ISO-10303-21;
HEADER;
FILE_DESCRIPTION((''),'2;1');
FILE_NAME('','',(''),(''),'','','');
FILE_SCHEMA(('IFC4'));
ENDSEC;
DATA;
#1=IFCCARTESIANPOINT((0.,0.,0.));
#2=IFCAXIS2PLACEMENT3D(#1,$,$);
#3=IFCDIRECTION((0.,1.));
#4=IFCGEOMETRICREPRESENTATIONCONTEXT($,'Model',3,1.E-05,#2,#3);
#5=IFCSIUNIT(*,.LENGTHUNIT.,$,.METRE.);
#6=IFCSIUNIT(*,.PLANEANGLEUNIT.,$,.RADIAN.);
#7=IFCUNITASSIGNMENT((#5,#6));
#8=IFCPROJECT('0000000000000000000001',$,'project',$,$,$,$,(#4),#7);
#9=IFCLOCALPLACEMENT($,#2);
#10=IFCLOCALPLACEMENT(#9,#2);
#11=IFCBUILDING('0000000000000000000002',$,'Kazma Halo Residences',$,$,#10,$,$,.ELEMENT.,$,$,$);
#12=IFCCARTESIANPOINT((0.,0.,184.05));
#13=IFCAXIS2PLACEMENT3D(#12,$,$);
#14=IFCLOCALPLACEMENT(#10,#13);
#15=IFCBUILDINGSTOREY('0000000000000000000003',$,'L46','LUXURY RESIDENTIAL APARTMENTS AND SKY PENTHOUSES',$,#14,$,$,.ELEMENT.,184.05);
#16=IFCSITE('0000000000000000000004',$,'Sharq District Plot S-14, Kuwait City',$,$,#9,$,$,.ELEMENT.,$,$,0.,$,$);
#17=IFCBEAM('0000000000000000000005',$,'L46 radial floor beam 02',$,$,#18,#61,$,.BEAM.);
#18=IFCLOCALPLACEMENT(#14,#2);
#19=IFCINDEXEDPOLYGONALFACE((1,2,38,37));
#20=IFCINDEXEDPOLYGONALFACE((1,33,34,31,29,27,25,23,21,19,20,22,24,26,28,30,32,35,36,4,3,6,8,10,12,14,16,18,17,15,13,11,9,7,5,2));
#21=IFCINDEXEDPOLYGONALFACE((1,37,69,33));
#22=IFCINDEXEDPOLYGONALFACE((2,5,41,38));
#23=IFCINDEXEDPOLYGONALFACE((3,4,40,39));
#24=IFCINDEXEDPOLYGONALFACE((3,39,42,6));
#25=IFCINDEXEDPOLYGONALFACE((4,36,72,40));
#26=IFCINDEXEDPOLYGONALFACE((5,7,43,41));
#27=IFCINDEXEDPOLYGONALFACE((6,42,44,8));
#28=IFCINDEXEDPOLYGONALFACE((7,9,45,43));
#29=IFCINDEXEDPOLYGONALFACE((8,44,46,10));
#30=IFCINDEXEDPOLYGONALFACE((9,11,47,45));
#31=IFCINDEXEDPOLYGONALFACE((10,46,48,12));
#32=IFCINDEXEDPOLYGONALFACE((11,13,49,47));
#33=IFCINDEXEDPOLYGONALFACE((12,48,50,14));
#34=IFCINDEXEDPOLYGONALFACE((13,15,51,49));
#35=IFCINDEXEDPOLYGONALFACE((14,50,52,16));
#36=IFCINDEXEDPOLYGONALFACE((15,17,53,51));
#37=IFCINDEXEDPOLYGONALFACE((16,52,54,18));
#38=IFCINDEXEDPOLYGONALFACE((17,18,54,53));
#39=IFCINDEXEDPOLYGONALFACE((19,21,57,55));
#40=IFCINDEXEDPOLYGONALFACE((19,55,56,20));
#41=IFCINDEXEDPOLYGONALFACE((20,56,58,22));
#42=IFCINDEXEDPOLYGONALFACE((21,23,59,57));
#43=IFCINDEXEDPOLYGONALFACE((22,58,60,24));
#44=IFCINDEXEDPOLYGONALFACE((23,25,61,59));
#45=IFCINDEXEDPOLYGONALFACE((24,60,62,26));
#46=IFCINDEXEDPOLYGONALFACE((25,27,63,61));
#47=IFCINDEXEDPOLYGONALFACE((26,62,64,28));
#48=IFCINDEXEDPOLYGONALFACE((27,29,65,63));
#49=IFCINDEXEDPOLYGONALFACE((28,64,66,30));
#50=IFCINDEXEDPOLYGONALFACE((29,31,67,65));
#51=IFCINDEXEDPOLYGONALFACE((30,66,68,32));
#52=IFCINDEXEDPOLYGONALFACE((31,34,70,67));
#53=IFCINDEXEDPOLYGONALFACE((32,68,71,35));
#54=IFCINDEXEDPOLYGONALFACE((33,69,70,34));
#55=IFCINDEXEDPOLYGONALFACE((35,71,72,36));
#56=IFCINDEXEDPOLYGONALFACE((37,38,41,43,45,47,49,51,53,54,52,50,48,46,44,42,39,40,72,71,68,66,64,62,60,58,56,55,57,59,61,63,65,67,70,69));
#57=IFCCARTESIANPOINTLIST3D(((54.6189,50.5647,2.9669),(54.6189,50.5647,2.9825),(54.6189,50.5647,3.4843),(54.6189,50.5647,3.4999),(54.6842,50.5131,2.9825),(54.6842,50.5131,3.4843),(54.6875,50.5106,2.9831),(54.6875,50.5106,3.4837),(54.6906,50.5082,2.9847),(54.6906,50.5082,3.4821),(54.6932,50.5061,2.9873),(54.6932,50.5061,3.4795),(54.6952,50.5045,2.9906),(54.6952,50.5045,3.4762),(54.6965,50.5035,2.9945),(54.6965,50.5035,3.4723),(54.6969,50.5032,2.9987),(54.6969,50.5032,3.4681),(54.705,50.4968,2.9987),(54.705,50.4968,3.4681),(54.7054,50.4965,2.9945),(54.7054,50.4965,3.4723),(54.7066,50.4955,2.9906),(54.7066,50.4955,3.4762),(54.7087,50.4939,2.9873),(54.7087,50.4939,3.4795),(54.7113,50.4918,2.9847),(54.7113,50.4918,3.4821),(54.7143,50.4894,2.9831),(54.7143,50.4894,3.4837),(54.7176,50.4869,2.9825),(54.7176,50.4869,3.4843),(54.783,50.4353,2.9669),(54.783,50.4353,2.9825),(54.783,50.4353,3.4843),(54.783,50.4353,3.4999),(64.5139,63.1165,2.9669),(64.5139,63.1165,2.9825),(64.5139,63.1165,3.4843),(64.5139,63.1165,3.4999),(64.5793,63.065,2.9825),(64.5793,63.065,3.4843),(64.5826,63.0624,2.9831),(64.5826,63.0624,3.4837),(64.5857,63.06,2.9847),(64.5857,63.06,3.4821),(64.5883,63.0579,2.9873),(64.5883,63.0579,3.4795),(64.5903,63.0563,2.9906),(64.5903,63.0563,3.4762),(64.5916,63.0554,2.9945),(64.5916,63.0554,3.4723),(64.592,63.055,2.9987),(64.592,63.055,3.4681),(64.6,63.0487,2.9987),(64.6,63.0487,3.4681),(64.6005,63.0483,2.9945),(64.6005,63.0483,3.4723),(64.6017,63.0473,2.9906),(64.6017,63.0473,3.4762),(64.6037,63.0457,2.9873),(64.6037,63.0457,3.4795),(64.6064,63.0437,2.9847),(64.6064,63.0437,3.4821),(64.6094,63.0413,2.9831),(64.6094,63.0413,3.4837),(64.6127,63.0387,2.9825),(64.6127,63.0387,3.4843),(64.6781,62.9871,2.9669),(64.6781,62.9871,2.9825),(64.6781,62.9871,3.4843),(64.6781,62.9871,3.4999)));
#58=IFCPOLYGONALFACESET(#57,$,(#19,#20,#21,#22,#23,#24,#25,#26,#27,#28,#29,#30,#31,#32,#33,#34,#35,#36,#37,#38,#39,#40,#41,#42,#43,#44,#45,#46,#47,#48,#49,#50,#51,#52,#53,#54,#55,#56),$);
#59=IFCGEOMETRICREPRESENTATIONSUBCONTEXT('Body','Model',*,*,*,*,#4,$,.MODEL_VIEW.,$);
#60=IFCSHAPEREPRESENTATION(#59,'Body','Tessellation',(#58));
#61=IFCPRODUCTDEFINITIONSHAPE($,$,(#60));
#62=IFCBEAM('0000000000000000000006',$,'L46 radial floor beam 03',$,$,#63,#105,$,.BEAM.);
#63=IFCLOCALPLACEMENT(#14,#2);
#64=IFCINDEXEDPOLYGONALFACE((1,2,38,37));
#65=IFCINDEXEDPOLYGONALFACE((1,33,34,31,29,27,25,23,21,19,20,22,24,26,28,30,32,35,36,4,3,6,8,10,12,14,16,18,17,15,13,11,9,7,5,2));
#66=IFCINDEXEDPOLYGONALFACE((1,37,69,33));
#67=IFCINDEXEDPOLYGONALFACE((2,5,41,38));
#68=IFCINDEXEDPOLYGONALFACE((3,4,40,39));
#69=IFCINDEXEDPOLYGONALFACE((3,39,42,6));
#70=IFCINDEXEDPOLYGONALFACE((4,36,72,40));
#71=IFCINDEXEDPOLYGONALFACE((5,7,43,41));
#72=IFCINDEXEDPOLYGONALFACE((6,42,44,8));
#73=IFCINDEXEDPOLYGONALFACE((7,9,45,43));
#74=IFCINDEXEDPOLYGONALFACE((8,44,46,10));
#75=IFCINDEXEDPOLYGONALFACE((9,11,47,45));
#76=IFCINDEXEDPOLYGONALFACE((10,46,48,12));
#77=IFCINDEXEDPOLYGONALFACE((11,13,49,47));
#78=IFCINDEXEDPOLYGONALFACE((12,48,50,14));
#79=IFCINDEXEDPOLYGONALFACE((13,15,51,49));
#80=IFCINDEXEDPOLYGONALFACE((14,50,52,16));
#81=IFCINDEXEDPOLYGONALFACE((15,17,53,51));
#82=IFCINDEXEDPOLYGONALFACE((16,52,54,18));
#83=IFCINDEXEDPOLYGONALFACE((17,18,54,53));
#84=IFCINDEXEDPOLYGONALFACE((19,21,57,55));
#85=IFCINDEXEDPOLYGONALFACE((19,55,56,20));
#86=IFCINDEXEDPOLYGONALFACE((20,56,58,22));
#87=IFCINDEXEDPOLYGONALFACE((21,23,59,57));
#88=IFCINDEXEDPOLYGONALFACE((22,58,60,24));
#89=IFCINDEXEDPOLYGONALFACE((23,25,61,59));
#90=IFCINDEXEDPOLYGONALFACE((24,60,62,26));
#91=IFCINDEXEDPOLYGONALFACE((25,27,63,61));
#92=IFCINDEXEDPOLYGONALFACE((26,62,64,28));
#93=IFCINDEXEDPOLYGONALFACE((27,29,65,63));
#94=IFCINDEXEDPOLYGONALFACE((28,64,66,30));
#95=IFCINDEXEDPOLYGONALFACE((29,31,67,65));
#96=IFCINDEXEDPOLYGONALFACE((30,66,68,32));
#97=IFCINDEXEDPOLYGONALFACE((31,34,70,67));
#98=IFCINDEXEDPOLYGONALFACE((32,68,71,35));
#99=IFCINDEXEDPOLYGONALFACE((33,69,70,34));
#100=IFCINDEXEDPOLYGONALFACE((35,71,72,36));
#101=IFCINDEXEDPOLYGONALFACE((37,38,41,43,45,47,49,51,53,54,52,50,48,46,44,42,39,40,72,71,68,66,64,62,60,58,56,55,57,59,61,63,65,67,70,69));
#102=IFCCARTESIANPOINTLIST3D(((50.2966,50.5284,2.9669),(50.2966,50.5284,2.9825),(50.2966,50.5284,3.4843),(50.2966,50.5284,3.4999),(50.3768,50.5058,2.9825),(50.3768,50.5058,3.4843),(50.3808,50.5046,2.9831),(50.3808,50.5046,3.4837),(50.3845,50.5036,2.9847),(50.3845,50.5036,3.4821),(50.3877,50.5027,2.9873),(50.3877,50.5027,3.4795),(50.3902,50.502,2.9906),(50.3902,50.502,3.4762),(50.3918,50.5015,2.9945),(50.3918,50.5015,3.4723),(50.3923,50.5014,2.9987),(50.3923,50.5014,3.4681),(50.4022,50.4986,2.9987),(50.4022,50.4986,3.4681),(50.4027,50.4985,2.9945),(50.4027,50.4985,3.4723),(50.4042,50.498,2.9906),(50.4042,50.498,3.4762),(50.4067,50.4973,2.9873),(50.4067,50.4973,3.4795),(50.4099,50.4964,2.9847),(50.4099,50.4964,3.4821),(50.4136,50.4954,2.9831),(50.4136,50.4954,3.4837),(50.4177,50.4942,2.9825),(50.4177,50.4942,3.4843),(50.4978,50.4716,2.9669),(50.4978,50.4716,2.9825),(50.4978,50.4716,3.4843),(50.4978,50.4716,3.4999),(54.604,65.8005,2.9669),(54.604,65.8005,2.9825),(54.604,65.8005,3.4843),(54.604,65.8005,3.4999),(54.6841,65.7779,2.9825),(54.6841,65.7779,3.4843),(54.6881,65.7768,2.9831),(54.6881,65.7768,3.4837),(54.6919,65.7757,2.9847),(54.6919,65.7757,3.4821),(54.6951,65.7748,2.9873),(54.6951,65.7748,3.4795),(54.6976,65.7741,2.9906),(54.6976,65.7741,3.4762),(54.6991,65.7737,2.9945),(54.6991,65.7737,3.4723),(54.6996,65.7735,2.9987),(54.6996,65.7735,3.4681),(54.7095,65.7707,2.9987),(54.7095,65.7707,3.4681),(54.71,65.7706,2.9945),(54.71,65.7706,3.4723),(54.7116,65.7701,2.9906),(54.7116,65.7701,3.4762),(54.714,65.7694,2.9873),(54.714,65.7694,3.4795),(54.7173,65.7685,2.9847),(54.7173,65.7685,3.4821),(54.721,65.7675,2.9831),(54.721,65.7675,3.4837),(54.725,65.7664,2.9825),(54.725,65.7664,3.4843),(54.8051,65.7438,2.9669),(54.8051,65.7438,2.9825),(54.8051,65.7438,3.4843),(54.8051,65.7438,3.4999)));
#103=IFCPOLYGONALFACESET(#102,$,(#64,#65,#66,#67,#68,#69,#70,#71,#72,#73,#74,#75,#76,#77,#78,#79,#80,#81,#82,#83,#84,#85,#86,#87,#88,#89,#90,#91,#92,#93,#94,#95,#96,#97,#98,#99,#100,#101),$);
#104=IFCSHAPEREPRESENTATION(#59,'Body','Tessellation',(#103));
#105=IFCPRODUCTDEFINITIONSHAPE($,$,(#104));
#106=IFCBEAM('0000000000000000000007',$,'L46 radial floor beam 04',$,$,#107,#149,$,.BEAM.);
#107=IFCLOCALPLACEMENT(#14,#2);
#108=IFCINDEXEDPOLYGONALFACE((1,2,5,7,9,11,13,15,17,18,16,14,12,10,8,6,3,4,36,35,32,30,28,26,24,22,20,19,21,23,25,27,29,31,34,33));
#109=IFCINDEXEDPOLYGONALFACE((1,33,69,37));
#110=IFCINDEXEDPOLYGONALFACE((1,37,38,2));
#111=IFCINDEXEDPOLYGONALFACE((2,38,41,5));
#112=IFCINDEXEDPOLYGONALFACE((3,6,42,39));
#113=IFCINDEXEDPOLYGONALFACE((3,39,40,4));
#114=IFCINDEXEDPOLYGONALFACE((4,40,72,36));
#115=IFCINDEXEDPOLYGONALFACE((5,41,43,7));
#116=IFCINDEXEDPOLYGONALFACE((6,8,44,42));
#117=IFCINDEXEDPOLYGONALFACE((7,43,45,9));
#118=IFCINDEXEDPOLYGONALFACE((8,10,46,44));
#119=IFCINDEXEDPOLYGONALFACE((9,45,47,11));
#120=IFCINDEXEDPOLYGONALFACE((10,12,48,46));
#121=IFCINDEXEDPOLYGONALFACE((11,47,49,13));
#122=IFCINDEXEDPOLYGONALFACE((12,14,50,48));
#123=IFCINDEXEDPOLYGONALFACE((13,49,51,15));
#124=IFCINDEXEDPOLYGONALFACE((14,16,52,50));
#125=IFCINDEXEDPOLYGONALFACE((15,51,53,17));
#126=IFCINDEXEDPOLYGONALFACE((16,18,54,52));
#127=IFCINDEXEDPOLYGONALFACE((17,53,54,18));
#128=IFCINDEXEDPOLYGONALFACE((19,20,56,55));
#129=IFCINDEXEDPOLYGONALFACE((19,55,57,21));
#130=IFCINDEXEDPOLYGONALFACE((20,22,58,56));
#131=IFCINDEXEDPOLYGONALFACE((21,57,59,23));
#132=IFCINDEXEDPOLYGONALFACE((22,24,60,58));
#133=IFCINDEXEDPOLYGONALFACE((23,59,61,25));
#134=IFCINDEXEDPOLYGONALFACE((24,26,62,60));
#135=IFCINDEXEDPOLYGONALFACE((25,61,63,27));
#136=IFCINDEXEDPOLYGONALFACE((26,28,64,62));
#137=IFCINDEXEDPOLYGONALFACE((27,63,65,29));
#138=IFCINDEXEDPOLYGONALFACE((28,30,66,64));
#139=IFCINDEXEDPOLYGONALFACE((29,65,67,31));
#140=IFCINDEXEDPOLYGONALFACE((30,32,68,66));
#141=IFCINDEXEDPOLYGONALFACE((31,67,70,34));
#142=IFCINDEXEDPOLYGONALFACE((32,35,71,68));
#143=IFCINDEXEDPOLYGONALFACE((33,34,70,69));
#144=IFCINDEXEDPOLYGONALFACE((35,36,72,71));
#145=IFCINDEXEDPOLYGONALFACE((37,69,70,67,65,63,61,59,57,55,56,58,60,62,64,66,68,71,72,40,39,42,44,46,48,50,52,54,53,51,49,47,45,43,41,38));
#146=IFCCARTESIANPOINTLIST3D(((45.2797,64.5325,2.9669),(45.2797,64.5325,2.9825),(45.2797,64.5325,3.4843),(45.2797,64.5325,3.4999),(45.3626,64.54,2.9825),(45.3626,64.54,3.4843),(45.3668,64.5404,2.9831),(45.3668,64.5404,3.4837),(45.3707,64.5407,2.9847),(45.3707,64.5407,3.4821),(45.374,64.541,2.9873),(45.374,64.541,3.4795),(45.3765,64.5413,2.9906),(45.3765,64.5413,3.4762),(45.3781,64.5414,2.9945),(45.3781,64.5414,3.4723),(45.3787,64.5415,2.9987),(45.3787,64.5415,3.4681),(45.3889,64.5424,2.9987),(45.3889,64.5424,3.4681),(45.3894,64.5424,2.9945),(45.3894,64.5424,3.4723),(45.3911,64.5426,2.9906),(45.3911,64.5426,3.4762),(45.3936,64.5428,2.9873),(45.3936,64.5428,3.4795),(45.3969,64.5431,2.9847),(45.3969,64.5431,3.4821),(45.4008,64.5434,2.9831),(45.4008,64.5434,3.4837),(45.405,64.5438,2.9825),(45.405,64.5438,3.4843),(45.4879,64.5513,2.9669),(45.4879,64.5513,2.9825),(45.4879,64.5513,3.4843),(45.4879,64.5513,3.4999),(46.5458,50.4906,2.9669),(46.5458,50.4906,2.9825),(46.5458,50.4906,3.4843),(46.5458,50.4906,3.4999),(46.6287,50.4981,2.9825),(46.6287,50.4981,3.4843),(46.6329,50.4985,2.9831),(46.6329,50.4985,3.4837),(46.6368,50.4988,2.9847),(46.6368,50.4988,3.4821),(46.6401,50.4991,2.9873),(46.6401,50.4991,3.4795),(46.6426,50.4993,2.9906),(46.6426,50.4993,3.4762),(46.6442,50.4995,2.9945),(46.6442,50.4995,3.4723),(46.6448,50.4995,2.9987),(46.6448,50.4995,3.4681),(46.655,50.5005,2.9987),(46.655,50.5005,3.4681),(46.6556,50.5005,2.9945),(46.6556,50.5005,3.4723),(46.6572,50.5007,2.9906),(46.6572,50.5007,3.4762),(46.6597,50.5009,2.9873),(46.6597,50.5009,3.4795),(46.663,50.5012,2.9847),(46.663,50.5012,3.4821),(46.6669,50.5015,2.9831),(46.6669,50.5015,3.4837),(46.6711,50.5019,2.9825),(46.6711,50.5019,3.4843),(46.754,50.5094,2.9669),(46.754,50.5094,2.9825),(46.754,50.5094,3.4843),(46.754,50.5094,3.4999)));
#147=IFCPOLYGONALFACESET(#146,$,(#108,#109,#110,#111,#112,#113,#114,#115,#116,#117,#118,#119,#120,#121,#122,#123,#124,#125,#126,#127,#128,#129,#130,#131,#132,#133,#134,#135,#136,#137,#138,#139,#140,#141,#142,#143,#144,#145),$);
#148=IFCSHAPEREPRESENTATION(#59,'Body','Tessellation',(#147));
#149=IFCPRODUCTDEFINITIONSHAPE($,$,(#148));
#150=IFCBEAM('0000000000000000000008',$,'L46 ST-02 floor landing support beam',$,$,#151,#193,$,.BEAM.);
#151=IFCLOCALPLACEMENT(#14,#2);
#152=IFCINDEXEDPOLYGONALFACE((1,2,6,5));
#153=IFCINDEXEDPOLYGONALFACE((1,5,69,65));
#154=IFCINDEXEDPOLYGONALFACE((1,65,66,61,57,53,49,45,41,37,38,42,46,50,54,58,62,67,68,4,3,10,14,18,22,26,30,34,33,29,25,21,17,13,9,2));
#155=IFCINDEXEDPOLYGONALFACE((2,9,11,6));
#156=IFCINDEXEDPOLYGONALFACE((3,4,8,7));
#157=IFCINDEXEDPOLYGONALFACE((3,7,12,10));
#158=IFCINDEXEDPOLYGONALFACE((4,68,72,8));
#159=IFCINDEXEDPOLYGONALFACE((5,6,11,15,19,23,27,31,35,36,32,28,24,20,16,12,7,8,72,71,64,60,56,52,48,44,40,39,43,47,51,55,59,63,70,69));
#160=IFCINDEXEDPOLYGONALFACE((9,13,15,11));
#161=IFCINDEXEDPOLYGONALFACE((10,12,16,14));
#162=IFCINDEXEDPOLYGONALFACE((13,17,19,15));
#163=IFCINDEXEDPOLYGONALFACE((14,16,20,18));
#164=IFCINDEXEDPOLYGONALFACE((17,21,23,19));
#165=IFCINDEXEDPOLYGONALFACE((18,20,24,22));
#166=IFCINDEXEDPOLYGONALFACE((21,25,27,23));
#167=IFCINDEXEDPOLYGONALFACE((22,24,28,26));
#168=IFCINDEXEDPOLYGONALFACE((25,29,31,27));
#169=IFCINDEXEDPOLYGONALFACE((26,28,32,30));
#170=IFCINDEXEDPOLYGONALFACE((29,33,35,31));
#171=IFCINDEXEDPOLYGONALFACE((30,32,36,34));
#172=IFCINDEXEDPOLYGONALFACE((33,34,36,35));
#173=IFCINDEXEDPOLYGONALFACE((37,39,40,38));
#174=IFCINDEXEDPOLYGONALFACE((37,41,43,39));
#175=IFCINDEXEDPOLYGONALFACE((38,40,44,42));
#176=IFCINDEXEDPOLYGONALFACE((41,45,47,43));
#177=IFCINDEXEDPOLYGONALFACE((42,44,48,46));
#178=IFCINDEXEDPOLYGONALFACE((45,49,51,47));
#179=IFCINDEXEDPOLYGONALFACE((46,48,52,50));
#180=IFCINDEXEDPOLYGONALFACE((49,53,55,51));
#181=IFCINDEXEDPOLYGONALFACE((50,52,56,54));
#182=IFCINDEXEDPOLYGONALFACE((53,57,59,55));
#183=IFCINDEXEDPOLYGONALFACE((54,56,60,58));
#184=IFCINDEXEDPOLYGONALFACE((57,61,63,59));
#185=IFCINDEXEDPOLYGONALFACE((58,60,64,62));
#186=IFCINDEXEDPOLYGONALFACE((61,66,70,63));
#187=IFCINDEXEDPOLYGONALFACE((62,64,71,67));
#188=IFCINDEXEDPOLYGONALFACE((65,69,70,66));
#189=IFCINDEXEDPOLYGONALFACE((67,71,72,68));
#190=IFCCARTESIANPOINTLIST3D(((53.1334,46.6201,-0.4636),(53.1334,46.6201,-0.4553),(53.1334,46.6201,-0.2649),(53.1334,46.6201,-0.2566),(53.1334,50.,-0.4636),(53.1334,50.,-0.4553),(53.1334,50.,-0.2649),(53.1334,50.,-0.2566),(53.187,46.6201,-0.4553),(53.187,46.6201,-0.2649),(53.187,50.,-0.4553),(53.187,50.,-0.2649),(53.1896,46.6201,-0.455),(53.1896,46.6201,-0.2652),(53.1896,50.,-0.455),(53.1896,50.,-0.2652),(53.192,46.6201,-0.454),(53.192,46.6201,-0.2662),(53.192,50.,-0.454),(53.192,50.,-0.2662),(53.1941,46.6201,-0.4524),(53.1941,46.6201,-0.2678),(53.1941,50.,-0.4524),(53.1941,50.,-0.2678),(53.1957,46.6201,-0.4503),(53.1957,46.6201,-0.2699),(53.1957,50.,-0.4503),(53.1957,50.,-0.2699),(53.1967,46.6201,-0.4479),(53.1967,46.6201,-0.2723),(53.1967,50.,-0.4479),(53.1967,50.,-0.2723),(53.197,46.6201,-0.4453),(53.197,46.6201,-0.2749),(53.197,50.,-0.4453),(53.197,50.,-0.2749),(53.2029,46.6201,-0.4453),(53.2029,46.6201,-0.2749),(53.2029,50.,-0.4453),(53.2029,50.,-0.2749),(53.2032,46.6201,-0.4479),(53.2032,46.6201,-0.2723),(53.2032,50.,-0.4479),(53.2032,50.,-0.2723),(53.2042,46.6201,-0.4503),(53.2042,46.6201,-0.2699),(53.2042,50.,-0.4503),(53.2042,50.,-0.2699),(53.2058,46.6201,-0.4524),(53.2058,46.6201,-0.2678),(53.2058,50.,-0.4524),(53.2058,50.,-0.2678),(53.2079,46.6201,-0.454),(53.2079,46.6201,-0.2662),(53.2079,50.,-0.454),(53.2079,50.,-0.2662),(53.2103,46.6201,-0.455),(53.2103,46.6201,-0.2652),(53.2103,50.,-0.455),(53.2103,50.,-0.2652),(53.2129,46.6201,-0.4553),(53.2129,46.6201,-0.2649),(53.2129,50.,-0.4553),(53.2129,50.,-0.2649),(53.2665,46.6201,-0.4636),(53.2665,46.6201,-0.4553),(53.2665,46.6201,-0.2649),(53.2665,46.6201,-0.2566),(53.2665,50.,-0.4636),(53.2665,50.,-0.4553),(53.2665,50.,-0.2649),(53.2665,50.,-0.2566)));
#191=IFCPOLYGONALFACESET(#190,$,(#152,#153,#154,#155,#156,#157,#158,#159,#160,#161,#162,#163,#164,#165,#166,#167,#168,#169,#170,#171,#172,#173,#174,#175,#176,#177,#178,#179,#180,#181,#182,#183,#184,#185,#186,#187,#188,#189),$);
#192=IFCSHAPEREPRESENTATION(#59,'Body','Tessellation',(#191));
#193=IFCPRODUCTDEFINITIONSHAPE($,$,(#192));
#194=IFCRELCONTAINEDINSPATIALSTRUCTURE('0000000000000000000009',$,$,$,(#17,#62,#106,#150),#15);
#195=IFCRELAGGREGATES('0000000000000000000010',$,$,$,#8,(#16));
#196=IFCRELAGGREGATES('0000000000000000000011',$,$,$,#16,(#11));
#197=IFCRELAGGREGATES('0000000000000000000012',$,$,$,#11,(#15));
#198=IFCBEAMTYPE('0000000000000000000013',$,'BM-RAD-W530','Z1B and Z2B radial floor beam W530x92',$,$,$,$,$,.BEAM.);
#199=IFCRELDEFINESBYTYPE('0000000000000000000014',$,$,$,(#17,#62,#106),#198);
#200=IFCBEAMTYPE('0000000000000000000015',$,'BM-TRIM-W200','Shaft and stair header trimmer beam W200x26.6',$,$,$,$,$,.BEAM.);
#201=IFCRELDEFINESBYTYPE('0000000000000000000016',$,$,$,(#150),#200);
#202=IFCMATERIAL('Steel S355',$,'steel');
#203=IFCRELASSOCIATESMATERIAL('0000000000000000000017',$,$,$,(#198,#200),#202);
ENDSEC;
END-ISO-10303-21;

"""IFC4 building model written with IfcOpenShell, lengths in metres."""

from ifc_helpers import new_model, si_unit, direction, frame, origin, origin_2d, place, context, subcontext, project, spatial, i_section, extrude, material, material_profile, profile_set, type_object, element, save


model = new_model("IFC4")

# Units and contexts
model_context = context("Model", 3, precision=1e-05, world=origin(), true_north=direction((0.0, 1.0)))
body_context = subcontext(model_context, "Body", "Model", "MODEL_VIEW")
ifc_project = project(units=[si_unit("LENGTHUNIT", "METRE"), si_unit("PLANEANGLEUNIT", "RADIAN")], contexts=[model_context])

# Site, building, storey
site_placement = place(None, origin())
site = spatial("IfcSite", under=ifc_project, at=site_placement, Name="Sharq District Plot S-14, Kuwait City", CompositionType="ELEMENT", RefElevation=0.0)
building_placement = place(site_placement, origin())
building = spatial("IfcBuilding", under=site, at=building_placement, Name="Kazma Halo Residences", CompositionType="ELEMENT")
storey_placement = place(building_placement, frame((0.0, 0.0, 184.05)))
storey = spatial("IfcBuildingStorey", under=building, at=storey_placement, Name="L46", Description="LUXURY RESIDENTIAL APARTMENTS AND SKY PENTHOUSES", CompositionType="ELEMENT", Elevation=184.05)

# Shared definitions
ifc_material_1 = material(Name="Steel S355", Category="steel")

# Beams
ifc_material_profile_1 = material_profile(ifc_material_1, i_section(OverallWidth=0.209, OverallDepth=0.533, WebThickness=0.0103, FlangeThickness=0.0156, FilletRadius=0.0161, at=origin_2d()), Name="W530x92")
ifc_profile_set_1 = profile_set([ifc_material_profile_1], Name="Steel S355")
beam_type_1 = type_object("IfcBeamType", Name="BM-RAD-W530", Description="Z1B and Z2B radial floor beam W530x92", PredefinedType="BEAM", material=ifc_profile_set_1)
beam_1_placement = place(storey_placement, frame((54.7009, 50.5, 3.2334), z_axis=(0.619094, 0.785317, 0.0), x_axis=(-0.785317, 0.619094, 0.0)))
element("IfcBeam", 1, at=beam_1_placement, inside=storey, type_object=beam_type_1, Name="L46 radial floor beam 02", PredefinedType="BEAM", context=body_context, shape_type="SweptSolid", body=[
    extrude(i_section(OverallWidth=0.209, OverallDepth=0.533, WebThickness=0.0103, FlangeThickness=0.0156, FilletRadius=0.0161, at=origin_2d()), origin(), (0.0, 0.0, 1.0), 15.9832),
])
beam_2_placement = place(storey_placement, frame((50.3972, 50.5, 3.2334), z_axis=(0.27145, 0.962453, 0.0), x_axis=(-0.962453, 0.27145, 0.0)))
element("IfcBeam", 2, at=beam_2_placement, inside=storey, type_object=beam_type_1, Name="L46 radial floor beam 03", PredefinedType="BEAM", context=body_context, shape_type="SweptSolid", body=[
    extrude(i_section(OverallWidth=0.209, OverallDepth=0.533, WebThickness=0.0103, FlangeThickness=0.0156, FilletRadius=0.0161, at=origin_2d()), origin(), (0.0, 0.0, 1.0), 15.8679),
])
beam_3_placement = place(storey_placement, frame((46.6499, 50.5, 3.2334), z_axis=(-0.089802, 0.99596, 0.0), x_axis=(-0.99596, -0.089802, 0.0)))
element("IfcBeam", 3, at=beam_3_placement, inside=storey, type_object=beam_type_1, Name="L46 radial floor beam 04", PredefinedType="BEAM", context=body_context, shape_type="SweptSolid", body=[
    extrude(i_section(OverallWidth=0.209, OverallDepth=0.533, WebThickness=0.0103, FlangeThickness=0.0156, FilletRadius=0.0161, at=origin_2d()), origin(), (0.0, 0.0, 1.0), 14.0989),
])
ifc_material_profile_2 = material_profile(ifc_material_1, i_section(OverallWidth=0.1331, OverallDepth=0.207, WebThickness=0.0059, FlangeThickness=0.0083, FilletRadius=0.01, at=origin_2d()), Name="W200x26.6")
ifc_profile_set_2 = profile_set([ifc_material_profile_2], Name="Steel S355")
beam_type_2 = type_object("IfcBeamType", Name="BM-TRIM-W200", Description="Shaft and stair header trimmer beam W200x26.6", PredefinedType="BEAM", material=ifc_profile_set_2)
beam_4_placement = place(storey_placement, frame((53.2, 46.6201, -0.3601), z_axis=(0.0, 1.0, 0.0), x_axis=(-1.0, 0.0, 0.0)))
element("IfcBeam", 4, at=beam_4_placement, inside=storey, type_object=beam_type_2, Name="L46 ST-02 floor landing support beam", PredefinedType="BEAM", context=body_context, shape_type="SweptSolid", body=[
    extrude(i_section(OverallWidth=0.1331, OverallDepth=0.207, WebThickness=0.0059, FlangeThickness=0.0083, FilletRadius=0.01, at=origin_2d()), origin(), (0.0, 0.0, 1.0), 3.3799),
])

save(model, "model.ifc")
